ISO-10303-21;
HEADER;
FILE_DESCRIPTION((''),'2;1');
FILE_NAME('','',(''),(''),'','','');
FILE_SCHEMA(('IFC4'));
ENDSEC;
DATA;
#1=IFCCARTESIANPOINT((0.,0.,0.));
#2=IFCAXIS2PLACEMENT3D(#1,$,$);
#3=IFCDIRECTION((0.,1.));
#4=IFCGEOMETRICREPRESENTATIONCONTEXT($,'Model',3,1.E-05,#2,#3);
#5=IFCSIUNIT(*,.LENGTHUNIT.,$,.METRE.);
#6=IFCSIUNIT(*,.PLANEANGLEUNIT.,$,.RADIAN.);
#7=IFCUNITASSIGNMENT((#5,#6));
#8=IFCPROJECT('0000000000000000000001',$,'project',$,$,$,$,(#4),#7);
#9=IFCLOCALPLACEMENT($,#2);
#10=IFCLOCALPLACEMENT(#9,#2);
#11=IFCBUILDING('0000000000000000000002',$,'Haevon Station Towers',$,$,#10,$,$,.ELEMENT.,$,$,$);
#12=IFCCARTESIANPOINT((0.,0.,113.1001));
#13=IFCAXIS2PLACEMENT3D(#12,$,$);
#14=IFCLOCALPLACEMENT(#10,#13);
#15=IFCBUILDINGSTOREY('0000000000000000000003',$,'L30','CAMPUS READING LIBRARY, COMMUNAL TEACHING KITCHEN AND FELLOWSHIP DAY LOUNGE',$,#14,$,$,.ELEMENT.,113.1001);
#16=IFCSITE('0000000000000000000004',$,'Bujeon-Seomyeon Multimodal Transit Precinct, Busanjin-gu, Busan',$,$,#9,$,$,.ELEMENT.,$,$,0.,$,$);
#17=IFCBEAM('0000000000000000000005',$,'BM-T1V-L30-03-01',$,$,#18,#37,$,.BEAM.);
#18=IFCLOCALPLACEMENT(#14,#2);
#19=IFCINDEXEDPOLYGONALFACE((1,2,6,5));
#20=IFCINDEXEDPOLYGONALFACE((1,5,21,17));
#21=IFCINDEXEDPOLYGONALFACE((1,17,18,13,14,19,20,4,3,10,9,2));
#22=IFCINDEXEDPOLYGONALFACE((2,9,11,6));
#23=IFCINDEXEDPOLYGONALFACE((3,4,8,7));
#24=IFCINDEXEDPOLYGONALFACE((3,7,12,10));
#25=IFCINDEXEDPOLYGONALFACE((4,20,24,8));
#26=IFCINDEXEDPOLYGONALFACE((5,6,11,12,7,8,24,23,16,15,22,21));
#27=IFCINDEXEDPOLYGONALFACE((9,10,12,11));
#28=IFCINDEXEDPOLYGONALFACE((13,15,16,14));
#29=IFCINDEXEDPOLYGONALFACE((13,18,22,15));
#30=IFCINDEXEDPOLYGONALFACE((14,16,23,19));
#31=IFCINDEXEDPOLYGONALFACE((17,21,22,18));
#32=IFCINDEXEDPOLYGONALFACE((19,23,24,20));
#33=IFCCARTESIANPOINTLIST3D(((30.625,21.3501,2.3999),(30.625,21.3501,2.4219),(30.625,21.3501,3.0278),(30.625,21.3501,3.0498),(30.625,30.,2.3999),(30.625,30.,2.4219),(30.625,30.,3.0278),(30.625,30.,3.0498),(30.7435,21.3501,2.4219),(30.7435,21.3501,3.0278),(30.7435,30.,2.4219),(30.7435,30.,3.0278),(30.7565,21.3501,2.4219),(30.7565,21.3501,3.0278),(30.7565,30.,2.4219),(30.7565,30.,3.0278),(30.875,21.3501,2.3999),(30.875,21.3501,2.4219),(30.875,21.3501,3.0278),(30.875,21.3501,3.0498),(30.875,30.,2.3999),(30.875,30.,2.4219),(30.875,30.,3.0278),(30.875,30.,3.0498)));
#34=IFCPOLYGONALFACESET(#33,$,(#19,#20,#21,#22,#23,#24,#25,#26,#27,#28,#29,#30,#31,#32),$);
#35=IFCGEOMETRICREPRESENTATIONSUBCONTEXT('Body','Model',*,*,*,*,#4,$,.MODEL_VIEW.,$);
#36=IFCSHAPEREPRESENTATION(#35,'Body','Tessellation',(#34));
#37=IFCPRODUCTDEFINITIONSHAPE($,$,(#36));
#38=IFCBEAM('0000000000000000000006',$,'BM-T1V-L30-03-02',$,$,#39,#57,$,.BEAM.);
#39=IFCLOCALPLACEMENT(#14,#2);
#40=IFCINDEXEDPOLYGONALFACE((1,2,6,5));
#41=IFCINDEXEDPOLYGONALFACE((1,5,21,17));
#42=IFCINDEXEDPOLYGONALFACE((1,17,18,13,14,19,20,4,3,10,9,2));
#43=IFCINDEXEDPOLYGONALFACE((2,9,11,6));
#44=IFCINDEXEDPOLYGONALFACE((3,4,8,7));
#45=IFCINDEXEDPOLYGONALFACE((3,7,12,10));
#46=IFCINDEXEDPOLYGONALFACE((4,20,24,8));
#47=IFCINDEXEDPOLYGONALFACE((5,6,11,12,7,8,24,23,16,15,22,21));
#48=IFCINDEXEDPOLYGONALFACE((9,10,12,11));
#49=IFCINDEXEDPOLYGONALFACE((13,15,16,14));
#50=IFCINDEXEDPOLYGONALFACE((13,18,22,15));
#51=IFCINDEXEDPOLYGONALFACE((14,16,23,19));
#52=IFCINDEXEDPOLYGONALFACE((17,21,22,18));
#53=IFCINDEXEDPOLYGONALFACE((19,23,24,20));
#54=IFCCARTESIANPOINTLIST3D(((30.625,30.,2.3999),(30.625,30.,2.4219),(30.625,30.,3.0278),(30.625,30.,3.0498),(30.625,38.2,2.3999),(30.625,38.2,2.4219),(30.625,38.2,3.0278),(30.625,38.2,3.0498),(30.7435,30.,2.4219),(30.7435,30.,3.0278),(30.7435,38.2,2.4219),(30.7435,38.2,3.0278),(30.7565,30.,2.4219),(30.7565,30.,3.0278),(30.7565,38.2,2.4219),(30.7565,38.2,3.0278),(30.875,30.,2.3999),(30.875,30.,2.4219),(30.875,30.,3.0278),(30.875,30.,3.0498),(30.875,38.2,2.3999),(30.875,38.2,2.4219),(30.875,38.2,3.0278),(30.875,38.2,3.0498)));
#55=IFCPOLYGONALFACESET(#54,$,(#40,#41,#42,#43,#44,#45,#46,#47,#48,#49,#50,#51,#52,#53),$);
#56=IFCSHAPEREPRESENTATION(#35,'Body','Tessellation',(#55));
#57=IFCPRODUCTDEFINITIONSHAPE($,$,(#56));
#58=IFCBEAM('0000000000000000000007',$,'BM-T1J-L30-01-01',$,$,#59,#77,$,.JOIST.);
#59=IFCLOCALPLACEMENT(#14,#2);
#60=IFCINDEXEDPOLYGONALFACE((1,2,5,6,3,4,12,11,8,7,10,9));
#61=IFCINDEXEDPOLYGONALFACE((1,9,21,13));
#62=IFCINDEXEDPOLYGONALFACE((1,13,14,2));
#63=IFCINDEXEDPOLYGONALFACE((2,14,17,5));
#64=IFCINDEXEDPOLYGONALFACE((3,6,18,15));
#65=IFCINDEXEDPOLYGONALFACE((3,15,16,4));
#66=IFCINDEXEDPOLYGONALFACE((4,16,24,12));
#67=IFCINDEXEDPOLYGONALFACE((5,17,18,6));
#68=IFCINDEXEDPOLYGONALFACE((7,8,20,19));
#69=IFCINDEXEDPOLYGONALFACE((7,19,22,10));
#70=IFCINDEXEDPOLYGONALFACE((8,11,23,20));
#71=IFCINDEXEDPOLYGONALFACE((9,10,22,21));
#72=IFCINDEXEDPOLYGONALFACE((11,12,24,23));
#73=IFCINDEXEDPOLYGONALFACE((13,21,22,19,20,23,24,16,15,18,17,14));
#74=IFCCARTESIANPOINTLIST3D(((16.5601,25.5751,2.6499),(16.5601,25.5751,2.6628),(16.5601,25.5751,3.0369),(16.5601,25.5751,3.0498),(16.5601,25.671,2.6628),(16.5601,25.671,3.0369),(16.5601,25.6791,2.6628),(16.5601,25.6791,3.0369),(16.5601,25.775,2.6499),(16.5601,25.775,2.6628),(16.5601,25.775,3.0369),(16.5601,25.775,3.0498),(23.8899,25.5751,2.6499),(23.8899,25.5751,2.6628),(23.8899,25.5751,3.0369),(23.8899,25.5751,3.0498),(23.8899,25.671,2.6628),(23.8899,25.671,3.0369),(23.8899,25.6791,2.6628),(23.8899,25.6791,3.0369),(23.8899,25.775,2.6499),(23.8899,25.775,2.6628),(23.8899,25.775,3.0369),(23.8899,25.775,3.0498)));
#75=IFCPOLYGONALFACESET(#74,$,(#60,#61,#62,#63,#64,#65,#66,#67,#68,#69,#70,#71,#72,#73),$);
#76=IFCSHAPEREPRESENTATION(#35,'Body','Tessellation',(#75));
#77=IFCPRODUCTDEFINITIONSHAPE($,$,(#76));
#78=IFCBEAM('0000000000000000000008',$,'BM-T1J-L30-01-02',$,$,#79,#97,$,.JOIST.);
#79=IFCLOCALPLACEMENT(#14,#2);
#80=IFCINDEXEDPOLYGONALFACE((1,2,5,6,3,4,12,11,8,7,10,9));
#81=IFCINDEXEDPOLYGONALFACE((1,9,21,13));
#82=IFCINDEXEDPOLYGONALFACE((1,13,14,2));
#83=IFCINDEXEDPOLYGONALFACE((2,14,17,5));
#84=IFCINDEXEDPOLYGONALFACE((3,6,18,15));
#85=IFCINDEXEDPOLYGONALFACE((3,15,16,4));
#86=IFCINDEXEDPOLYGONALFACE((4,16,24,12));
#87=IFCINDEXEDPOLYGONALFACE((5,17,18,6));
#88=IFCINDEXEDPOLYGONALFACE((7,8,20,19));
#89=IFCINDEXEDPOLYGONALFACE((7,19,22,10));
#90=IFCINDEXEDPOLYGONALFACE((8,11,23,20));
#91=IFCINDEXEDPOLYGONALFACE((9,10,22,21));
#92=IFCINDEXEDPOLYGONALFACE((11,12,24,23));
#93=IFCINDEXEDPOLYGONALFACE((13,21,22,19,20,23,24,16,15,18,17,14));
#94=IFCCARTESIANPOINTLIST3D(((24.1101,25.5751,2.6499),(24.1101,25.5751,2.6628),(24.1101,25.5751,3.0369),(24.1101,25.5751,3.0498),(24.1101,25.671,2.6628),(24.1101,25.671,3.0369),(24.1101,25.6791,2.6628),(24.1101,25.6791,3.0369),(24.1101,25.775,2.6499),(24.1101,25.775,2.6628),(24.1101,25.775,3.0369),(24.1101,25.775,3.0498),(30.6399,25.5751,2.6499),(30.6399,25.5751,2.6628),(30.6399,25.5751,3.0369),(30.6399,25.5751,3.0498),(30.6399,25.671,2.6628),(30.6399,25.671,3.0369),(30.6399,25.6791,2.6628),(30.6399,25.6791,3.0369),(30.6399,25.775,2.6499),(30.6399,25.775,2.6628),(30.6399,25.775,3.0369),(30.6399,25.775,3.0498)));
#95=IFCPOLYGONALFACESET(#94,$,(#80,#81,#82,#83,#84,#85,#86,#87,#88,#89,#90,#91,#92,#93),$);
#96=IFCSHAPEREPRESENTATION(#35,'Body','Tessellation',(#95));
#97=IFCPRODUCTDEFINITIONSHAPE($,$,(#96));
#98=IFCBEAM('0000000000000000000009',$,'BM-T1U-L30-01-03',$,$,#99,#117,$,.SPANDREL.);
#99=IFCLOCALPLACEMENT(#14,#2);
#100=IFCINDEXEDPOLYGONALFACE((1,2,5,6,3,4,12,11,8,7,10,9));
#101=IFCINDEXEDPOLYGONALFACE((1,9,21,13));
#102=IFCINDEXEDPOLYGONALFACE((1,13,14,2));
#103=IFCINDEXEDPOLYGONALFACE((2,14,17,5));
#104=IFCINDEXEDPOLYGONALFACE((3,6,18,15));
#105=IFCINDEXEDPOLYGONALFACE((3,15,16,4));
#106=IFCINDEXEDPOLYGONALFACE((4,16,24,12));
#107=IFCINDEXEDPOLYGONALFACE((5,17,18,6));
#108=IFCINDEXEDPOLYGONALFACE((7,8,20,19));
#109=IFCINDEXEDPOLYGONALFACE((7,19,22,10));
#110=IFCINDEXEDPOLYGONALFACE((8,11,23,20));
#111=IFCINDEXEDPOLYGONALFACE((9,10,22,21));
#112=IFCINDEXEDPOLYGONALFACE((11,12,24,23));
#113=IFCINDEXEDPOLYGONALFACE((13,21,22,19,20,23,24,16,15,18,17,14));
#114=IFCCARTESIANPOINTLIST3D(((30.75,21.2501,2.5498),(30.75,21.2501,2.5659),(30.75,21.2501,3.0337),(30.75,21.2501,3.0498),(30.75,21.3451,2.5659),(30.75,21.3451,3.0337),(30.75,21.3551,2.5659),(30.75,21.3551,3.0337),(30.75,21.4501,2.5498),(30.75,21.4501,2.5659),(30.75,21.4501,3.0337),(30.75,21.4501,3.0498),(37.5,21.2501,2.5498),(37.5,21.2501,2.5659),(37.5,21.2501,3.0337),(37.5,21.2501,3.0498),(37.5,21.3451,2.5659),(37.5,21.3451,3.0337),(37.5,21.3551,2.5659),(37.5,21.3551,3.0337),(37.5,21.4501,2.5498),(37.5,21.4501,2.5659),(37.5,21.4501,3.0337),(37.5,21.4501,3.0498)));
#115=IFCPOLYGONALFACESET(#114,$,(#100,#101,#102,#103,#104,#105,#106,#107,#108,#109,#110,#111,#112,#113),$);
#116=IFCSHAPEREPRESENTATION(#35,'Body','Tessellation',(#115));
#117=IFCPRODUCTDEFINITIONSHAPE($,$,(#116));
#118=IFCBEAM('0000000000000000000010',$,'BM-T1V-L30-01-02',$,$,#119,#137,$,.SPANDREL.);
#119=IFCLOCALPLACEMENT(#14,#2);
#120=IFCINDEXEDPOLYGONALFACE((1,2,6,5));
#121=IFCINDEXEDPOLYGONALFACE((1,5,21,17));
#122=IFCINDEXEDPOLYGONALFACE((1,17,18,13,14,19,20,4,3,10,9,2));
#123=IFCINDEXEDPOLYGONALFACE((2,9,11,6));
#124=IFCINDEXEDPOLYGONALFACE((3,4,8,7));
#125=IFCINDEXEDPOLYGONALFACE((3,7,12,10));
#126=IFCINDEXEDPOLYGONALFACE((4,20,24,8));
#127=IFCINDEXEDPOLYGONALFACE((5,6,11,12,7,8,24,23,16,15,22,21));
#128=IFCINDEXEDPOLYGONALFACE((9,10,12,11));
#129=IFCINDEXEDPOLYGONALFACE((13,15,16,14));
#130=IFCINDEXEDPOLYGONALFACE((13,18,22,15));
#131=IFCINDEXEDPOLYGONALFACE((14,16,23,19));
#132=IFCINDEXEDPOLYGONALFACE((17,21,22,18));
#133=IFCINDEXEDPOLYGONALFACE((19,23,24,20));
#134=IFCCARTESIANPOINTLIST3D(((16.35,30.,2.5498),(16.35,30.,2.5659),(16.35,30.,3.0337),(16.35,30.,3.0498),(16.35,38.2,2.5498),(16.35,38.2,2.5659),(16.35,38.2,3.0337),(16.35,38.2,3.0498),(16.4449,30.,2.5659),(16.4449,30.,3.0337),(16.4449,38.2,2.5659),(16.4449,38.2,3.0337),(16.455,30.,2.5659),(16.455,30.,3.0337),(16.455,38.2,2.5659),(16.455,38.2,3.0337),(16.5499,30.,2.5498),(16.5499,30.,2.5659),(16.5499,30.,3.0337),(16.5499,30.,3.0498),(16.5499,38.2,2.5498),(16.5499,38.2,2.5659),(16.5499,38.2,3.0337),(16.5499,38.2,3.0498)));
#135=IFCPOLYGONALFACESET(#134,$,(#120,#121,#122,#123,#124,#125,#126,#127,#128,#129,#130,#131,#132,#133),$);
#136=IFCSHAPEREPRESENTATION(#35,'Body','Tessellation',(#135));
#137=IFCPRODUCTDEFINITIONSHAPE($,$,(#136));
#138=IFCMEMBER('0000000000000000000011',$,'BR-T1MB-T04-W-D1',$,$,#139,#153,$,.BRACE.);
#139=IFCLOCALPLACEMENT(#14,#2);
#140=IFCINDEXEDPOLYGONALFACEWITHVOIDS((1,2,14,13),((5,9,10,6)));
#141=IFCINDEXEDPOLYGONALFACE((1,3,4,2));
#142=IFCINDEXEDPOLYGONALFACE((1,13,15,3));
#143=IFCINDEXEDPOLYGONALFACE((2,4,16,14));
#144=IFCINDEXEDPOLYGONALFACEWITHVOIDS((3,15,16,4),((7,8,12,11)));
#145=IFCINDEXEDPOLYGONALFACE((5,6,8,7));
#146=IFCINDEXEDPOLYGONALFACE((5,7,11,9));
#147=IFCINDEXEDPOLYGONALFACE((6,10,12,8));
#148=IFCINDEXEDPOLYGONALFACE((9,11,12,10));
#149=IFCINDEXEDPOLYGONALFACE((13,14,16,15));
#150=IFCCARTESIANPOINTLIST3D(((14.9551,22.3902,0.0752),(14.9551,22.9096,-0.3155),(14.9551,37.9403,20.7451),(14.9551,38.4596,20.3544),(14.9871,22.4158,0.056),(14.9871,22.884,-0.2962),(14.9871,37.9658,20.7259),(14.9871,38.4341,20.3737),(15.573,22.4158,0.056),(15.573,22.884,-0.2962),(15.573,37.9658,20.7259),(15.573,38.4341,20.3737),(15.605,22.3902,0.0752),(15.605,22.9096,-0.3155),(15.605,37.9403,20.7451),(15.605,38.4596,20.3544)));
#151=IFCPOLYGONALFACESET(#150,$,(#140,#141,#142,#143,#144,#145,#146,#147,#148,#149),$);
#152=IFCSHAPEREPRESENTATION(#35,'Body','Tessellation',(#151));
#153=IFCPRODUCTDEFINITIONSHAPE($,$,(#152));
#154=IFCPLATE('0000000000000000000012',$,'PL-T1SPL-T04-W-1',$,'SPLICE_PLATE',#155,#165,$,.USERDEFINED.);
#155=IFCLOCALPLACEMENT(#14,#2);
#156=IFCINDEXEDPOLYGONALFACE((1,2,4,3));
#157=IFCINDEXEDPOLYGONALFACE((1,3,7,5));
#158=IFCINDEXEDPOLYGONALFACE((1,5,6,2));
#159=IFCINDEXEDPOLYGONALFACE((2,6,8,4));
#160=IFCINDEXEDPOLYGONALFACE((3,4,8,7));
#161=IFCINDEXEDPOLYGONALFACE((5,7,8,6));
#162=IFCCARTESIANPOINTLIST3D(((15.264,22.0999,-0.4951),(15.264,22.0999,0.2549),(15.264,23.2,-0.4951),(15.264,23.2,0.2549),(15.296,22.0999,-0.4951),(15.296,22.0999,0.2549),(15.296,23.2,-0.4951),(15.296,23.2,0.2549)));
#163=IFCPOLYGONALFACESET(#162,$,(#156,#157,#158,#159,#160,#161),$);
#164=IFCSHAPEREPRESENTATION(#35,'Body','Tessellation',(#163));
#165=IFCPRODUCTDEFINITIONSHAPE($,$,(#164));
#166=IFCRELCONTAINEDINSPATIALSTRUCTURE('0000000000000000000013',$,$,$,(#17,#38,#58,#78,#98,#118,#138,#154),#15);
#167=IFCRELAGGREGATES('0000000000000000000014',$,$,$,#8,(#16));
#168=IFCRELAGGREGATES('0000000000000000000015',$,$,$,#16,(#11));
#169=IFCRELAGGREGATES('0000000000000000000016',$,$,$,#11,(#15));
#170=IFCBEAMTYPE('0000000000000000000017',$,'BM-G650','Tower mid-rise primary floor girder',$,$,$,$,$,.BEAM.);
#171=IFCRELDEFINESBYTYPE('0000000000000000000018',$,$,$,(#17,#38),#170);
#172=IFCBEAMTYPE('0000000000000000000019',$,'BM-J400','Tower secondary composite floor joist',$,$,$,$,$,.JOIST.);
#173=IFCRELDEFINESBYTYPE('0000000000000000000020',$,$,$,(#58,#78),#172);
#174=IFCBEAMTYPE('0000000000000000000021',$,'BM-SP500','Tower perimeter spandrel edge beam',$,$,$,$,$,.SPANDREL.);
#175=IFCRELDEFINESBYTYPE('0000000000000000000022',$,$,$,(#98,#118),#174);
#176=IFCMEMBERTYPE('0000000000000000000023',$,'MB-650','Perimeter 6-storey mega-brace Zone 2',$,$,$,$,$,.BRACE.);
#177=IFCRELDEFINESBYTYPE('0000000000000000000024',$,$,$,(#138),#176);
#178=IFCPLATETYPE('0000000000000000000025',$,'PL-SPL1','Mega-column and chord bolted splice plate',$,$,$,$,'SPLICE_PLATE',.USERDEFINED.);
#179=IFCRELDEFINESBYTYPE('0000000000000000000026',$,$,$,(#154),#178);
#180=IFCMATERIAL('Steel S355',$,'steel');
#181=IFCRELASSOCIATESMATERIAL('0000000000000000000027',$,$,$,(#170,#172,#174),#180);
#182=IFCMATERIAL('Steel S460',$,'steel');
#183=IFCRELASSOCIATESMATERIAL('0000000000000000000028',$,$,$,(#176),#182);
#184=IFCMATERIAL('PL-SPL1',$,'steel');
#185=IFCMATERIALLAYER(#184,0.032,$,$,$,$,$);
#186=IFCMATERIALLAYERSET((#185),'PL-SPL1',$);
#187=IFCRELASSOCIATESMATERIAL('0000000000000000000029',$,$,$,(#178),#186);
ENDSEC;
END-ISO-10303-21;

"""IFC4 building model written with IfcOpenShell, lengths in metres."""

from ifc_helpers import new_model, si_unit, direction, frame, origin, origin_2d, place, context, subcontext, project, spatial, rectangle, hollow_rectangle, i_section, extrude, material, layer, layer_set, material_profile, profile_set, type_object, element, save


model = new_model("IFC4")

# Units and contexts
model_context = context("Model", 3, precision=1e-05, world=origin(), true_north=direction((0.0, 1.0)))
body_context = subcontext(model_context, "Body", "Model", "MODEL_VIEW")
ifc_project = project(units=[si_unit("LENGTHUNIT", "METRE"), si_unit("PLANEANGLEUNIT", "RADIAN")], contexts=[model_context])

# Site, building, storey
site_placement = place(None, origin())
site = spatial("IfcSite", under=ifc_project, at=site_placement, Name="Bujeon-Seomyeon Multimodal Transit Precinct, Busanjin-gu, Busan", CompositionType="ELEMENT", RefElevation=0.0)
building_placement = place(site_placement, origin())
building = spatial("IfcBuilding", under=site, at=building_placement, Name="Haevon Station Towers", CompositionType="ELEMENT")
storey_placement = place(building_placement, frame((0.0, 0.0, 113.1001)))
storey = spatial("IfcBuildingStorey", under=building, at=storey_placement, Name="L30", Description="CAMPUS READING LIBRARY, COMMUNAL TEACHING KITCHEN AND FELLOWSHIP DAY LOUNGE", CompositionType="ELEMENT", Elevation=113.1001)

# Shared definitions
ifc_material_1 = material(Name="Steel S460", Category="steel")

# Beams
ifc_material_2 = material(Name="Steel S355", Category="steel")
ifc_material_profile_1 = material_profile(ifc_material_2, i_section(OverallWidth=0.25, OverallDepth=0.6499, WebThickness=0.0129, FlangeThickness=0.022, at=origin_2d()), Name="H-650x250x13x22")
ifc_profile_set_1 = profile_set([ifc_material_profile_1], Name="Steel S355")
beam_type_1 = type_object("IfcBeamType", Name="BM-G650", Description="Tower mid-rise primary floor girder", PredefinedType="BEAM", material=ifc_profile_set_1)
beam_1_placement = place(storey_placement, frame((30.75, 21.3501, 2.7249), z_axis=(0.0, 1.0, 0.0), x_axis=(-1.0, 0.0, 0.0)))
element("IfcBeam", 1, at=beam_1_placement, inside=storey, type_object=beam_type_1, Name="BM-T1V-L30-03-01", PredefinedType="BEAM", context=body_context, shape_type="SweptSolid", body=[
    extrude(i_section(OverallWidth=0.25, OverallDepth=0.6499, WebThickness=0.0129, FlangeThickness=0.022, at=origin_2d()), origin(), (0.0, 0.0, 1.0), 8.6499),
])
beam_2_placement = place(storey_placement, frame((30.75, 30.0, 2.7249), z_axis=(0.0, 1.0, 0.0), x_axis=(-1.0, 0.0, 0.0)))
element("IfcBeam", 2, at=beam_2_placement, inside=storey, type_object=beam_type_1, Name="BM-T1V-L30-03-02", PredefinedType="BEAM", context=body_context, shape_type="SweptSolid", body=[
    extrude(i_section(OverallWidth=0.25, OverallDepth=0.6499, WebThickness=0.0129, FlangeThickness=0.022, at=origin_2d()), origin(), (0.0, 0.0, 1.0), 8.2),
])
ifc_material_profile_2 = material_profile(ifc_material_2, i_section(OverallWidth=0.2, OverallDepth=0.3999, WebThickness=0.0081, FlangeThickness=0.0129, at=origin_2d()), Name="H-400x200x8x13")
ifc_profile_set_2 = profile_set([ifc_material_profile_2], Name="Steel S355")
beam_type_2 = type_object("IfcBeamType", Name="BM-J400", Description="Tower secondary composite floor joist", PredefinedType="JOIST", material=ifc_profile_set_2)
beam_3_placement = place(storey_placement, frame((16.5601, 25.675, 2.8499), z_axis=(1.0, 0.0, 0.0), x_axis=(0.0, 1.0, 0.0)))
element("IfcBeam", 3, at=beam_3_placement, inside=storey, type_object=beam_type_2, Name="BM-T1J-L30-01-01", PredefinedType="JOIST", context=body_context, shape_type="SweptSolid", body=[
    extrude(i_section(OverallWidth=0.2, OverallDepth=0.3999, WebThickness=0.0081, FlangeThickness=0.0129, at=origin_2d()), origin(), (0.0, 0.0, 1.0), 7.3298),
])
beam_4_placement = place(storey_placement, frame((24.1101, 25.675, 2.8499), z_axis=(1.0, 0.0, 0.0), x_axis=(0.0, 1.0, 0.0)))
element("IfcBeam", 4, at=beam_4_placement, inside=storey, type_object=beam_type_2, Name="BM-T1J-L30-01-02", PredefinedType="JOIST", context=body_context, shape_type="SweptSolid", body=[
    extrude(i_section(OverallWidth=0.2, OverallDepth=0.3999, WebThickness=0.0081, FlangeThickness=0.0129, at=origin_2d()), origin(), (0.0, 0.0, 1.0), 6.5298),
])
ifc_material_profile_3 = material_profile(ifc_material_2, i_section(OverallWidth=0.2, OverallDepth=0.5, WebThickness=0.01, FlangeThickness=0.0161, at=origin_2d()), Name="H-500x200x10x16")
ifc_profile_set_3 = profile_set([ifc_material_profile_3], Name="Steel S355")
beam_type_3 = type_object("IfcBeamType", Name="BM-SP500", Description="Tower perimeter spandrel edge beam", PredefinedType="SPANDREL", material=ifc_profile_set_3)
beam_5_placement = place(storey_placement, frame((30.75, 21.3501, 2.7998), z_axis=(1.0, 0.0, 0.0), x_axis=(0.0, 1.0, 0.0)))
element("IfcBeam", 5, at=beam_5_placement, inside=storey, type_object=beam_type_3, Name="BM-T1U-L30-01-03", PredefinedType="SPANDREL", context=body_context, shape_type="SweptSolid", body=[
    extrude(i_section(OverallWidth=0.2, OverallDepth=0.5, WebThickness=0.01, FlangeThickness=0.0161, at=origin_2d()), origin(), (0.0, 0.0, 1.0), 6.75),
])
beam_6_placement = place(storey_placement, frame((16.45, 30.0, 2.7998), z_axis=(0.0, 1.0, 0.0), x_axis=(-1.0, 0.0, 0.0)))
element("IfcBeam", 6, at=beam_6_placement, inside=storey, type_object=beam_type_3, Name="BM-T1V-L30-01-02", PredefinedType="SPANDREL", context=body_context, shape_type="SweptSolid", body=[
    extrude(i_section(OverallWidth=0.2, OverallDepth=0.5, WebThickness=0.01, FlangeThickness=0.0161, at=origin_2d()), origin(), (0.0, 0.0, 1.0), 8.2),
])

# Member
ifc_material_profile_4 = material_profile(ifc_material_1, hollow_rectangle(XDim=0.6499, YDim=0.6499, WallThickness=0.032, at=origin_2d()), Name="RHS-650x650x32")
ifc_profile_set_4 = profile_set([ifc_material_profile_4], Name="Steel S460")
member_type = type_object("IfcMemberType", Name="MB-650", Description="Perimeter 6-storey mega-brace Zone 2", PredefinedType="BRACE", material=ifc_profile_set_4)
member_placement = place(storey_placement, frame((15.28, 22.6499, -0.1201), z_axis=(0.0, 0.601177, 0.799116), x_axis=(-1.0, 0.0, 0.0)))
element("IfcMember", 7, at=member_placement, inside=storey, type_object=member_type, Name="BR-T1MB-T04-W-D1", PredefinedType="BRACE", context=body_context, shape_type="SweptSolid", body=[
    extrude(hollow_rectangle(XDim=0.6499, YDim=0.6499, WallThickness=0.032, at=origin_2d()), origin(), (0.0, 0.0, 1.0), 25.866),
])

# Plate
ifc_material_3 = material(Name="PL-SPL1", Category="steel")
ifc_layer_1 = layer(ifc_material_3, 0.032)
ifc_layer_set_1 = layer_set([ifc_layer_1], Name="PL-SPL1")
plate_type = type_object("IfcPlateType", Name="PL-SPL1", Description="Mega-column and chord bolted splice plate", ElementType="SPLICE_PLATE", PredefinedType="USERDEFINED", material=ifc_layer_set_1)
plate_placement = place(storey_placement, frame((15.28, 22.6499, -0.4951), z_axis=(0.0, 0.0, 1.0), x_axis=(0.0, 1.0, 0.0)))
element("IfcPlate", 8, at=plate_placement, inside=storey, type_object=plate_type, Name="PL-T1SPL-T04-W-1", ObjectType="SPLICE_PLATE", PredefinedType="USERDEFINED", context=body_context, shape_type="SweptSolid", body=[
    extrude(rectangle(XDim=1.1001, YDim=0.032, at=origin_2d()), origin(), (0.0, 0.0, 1.0), 0.75),
])

save(model, "model.ifc")
